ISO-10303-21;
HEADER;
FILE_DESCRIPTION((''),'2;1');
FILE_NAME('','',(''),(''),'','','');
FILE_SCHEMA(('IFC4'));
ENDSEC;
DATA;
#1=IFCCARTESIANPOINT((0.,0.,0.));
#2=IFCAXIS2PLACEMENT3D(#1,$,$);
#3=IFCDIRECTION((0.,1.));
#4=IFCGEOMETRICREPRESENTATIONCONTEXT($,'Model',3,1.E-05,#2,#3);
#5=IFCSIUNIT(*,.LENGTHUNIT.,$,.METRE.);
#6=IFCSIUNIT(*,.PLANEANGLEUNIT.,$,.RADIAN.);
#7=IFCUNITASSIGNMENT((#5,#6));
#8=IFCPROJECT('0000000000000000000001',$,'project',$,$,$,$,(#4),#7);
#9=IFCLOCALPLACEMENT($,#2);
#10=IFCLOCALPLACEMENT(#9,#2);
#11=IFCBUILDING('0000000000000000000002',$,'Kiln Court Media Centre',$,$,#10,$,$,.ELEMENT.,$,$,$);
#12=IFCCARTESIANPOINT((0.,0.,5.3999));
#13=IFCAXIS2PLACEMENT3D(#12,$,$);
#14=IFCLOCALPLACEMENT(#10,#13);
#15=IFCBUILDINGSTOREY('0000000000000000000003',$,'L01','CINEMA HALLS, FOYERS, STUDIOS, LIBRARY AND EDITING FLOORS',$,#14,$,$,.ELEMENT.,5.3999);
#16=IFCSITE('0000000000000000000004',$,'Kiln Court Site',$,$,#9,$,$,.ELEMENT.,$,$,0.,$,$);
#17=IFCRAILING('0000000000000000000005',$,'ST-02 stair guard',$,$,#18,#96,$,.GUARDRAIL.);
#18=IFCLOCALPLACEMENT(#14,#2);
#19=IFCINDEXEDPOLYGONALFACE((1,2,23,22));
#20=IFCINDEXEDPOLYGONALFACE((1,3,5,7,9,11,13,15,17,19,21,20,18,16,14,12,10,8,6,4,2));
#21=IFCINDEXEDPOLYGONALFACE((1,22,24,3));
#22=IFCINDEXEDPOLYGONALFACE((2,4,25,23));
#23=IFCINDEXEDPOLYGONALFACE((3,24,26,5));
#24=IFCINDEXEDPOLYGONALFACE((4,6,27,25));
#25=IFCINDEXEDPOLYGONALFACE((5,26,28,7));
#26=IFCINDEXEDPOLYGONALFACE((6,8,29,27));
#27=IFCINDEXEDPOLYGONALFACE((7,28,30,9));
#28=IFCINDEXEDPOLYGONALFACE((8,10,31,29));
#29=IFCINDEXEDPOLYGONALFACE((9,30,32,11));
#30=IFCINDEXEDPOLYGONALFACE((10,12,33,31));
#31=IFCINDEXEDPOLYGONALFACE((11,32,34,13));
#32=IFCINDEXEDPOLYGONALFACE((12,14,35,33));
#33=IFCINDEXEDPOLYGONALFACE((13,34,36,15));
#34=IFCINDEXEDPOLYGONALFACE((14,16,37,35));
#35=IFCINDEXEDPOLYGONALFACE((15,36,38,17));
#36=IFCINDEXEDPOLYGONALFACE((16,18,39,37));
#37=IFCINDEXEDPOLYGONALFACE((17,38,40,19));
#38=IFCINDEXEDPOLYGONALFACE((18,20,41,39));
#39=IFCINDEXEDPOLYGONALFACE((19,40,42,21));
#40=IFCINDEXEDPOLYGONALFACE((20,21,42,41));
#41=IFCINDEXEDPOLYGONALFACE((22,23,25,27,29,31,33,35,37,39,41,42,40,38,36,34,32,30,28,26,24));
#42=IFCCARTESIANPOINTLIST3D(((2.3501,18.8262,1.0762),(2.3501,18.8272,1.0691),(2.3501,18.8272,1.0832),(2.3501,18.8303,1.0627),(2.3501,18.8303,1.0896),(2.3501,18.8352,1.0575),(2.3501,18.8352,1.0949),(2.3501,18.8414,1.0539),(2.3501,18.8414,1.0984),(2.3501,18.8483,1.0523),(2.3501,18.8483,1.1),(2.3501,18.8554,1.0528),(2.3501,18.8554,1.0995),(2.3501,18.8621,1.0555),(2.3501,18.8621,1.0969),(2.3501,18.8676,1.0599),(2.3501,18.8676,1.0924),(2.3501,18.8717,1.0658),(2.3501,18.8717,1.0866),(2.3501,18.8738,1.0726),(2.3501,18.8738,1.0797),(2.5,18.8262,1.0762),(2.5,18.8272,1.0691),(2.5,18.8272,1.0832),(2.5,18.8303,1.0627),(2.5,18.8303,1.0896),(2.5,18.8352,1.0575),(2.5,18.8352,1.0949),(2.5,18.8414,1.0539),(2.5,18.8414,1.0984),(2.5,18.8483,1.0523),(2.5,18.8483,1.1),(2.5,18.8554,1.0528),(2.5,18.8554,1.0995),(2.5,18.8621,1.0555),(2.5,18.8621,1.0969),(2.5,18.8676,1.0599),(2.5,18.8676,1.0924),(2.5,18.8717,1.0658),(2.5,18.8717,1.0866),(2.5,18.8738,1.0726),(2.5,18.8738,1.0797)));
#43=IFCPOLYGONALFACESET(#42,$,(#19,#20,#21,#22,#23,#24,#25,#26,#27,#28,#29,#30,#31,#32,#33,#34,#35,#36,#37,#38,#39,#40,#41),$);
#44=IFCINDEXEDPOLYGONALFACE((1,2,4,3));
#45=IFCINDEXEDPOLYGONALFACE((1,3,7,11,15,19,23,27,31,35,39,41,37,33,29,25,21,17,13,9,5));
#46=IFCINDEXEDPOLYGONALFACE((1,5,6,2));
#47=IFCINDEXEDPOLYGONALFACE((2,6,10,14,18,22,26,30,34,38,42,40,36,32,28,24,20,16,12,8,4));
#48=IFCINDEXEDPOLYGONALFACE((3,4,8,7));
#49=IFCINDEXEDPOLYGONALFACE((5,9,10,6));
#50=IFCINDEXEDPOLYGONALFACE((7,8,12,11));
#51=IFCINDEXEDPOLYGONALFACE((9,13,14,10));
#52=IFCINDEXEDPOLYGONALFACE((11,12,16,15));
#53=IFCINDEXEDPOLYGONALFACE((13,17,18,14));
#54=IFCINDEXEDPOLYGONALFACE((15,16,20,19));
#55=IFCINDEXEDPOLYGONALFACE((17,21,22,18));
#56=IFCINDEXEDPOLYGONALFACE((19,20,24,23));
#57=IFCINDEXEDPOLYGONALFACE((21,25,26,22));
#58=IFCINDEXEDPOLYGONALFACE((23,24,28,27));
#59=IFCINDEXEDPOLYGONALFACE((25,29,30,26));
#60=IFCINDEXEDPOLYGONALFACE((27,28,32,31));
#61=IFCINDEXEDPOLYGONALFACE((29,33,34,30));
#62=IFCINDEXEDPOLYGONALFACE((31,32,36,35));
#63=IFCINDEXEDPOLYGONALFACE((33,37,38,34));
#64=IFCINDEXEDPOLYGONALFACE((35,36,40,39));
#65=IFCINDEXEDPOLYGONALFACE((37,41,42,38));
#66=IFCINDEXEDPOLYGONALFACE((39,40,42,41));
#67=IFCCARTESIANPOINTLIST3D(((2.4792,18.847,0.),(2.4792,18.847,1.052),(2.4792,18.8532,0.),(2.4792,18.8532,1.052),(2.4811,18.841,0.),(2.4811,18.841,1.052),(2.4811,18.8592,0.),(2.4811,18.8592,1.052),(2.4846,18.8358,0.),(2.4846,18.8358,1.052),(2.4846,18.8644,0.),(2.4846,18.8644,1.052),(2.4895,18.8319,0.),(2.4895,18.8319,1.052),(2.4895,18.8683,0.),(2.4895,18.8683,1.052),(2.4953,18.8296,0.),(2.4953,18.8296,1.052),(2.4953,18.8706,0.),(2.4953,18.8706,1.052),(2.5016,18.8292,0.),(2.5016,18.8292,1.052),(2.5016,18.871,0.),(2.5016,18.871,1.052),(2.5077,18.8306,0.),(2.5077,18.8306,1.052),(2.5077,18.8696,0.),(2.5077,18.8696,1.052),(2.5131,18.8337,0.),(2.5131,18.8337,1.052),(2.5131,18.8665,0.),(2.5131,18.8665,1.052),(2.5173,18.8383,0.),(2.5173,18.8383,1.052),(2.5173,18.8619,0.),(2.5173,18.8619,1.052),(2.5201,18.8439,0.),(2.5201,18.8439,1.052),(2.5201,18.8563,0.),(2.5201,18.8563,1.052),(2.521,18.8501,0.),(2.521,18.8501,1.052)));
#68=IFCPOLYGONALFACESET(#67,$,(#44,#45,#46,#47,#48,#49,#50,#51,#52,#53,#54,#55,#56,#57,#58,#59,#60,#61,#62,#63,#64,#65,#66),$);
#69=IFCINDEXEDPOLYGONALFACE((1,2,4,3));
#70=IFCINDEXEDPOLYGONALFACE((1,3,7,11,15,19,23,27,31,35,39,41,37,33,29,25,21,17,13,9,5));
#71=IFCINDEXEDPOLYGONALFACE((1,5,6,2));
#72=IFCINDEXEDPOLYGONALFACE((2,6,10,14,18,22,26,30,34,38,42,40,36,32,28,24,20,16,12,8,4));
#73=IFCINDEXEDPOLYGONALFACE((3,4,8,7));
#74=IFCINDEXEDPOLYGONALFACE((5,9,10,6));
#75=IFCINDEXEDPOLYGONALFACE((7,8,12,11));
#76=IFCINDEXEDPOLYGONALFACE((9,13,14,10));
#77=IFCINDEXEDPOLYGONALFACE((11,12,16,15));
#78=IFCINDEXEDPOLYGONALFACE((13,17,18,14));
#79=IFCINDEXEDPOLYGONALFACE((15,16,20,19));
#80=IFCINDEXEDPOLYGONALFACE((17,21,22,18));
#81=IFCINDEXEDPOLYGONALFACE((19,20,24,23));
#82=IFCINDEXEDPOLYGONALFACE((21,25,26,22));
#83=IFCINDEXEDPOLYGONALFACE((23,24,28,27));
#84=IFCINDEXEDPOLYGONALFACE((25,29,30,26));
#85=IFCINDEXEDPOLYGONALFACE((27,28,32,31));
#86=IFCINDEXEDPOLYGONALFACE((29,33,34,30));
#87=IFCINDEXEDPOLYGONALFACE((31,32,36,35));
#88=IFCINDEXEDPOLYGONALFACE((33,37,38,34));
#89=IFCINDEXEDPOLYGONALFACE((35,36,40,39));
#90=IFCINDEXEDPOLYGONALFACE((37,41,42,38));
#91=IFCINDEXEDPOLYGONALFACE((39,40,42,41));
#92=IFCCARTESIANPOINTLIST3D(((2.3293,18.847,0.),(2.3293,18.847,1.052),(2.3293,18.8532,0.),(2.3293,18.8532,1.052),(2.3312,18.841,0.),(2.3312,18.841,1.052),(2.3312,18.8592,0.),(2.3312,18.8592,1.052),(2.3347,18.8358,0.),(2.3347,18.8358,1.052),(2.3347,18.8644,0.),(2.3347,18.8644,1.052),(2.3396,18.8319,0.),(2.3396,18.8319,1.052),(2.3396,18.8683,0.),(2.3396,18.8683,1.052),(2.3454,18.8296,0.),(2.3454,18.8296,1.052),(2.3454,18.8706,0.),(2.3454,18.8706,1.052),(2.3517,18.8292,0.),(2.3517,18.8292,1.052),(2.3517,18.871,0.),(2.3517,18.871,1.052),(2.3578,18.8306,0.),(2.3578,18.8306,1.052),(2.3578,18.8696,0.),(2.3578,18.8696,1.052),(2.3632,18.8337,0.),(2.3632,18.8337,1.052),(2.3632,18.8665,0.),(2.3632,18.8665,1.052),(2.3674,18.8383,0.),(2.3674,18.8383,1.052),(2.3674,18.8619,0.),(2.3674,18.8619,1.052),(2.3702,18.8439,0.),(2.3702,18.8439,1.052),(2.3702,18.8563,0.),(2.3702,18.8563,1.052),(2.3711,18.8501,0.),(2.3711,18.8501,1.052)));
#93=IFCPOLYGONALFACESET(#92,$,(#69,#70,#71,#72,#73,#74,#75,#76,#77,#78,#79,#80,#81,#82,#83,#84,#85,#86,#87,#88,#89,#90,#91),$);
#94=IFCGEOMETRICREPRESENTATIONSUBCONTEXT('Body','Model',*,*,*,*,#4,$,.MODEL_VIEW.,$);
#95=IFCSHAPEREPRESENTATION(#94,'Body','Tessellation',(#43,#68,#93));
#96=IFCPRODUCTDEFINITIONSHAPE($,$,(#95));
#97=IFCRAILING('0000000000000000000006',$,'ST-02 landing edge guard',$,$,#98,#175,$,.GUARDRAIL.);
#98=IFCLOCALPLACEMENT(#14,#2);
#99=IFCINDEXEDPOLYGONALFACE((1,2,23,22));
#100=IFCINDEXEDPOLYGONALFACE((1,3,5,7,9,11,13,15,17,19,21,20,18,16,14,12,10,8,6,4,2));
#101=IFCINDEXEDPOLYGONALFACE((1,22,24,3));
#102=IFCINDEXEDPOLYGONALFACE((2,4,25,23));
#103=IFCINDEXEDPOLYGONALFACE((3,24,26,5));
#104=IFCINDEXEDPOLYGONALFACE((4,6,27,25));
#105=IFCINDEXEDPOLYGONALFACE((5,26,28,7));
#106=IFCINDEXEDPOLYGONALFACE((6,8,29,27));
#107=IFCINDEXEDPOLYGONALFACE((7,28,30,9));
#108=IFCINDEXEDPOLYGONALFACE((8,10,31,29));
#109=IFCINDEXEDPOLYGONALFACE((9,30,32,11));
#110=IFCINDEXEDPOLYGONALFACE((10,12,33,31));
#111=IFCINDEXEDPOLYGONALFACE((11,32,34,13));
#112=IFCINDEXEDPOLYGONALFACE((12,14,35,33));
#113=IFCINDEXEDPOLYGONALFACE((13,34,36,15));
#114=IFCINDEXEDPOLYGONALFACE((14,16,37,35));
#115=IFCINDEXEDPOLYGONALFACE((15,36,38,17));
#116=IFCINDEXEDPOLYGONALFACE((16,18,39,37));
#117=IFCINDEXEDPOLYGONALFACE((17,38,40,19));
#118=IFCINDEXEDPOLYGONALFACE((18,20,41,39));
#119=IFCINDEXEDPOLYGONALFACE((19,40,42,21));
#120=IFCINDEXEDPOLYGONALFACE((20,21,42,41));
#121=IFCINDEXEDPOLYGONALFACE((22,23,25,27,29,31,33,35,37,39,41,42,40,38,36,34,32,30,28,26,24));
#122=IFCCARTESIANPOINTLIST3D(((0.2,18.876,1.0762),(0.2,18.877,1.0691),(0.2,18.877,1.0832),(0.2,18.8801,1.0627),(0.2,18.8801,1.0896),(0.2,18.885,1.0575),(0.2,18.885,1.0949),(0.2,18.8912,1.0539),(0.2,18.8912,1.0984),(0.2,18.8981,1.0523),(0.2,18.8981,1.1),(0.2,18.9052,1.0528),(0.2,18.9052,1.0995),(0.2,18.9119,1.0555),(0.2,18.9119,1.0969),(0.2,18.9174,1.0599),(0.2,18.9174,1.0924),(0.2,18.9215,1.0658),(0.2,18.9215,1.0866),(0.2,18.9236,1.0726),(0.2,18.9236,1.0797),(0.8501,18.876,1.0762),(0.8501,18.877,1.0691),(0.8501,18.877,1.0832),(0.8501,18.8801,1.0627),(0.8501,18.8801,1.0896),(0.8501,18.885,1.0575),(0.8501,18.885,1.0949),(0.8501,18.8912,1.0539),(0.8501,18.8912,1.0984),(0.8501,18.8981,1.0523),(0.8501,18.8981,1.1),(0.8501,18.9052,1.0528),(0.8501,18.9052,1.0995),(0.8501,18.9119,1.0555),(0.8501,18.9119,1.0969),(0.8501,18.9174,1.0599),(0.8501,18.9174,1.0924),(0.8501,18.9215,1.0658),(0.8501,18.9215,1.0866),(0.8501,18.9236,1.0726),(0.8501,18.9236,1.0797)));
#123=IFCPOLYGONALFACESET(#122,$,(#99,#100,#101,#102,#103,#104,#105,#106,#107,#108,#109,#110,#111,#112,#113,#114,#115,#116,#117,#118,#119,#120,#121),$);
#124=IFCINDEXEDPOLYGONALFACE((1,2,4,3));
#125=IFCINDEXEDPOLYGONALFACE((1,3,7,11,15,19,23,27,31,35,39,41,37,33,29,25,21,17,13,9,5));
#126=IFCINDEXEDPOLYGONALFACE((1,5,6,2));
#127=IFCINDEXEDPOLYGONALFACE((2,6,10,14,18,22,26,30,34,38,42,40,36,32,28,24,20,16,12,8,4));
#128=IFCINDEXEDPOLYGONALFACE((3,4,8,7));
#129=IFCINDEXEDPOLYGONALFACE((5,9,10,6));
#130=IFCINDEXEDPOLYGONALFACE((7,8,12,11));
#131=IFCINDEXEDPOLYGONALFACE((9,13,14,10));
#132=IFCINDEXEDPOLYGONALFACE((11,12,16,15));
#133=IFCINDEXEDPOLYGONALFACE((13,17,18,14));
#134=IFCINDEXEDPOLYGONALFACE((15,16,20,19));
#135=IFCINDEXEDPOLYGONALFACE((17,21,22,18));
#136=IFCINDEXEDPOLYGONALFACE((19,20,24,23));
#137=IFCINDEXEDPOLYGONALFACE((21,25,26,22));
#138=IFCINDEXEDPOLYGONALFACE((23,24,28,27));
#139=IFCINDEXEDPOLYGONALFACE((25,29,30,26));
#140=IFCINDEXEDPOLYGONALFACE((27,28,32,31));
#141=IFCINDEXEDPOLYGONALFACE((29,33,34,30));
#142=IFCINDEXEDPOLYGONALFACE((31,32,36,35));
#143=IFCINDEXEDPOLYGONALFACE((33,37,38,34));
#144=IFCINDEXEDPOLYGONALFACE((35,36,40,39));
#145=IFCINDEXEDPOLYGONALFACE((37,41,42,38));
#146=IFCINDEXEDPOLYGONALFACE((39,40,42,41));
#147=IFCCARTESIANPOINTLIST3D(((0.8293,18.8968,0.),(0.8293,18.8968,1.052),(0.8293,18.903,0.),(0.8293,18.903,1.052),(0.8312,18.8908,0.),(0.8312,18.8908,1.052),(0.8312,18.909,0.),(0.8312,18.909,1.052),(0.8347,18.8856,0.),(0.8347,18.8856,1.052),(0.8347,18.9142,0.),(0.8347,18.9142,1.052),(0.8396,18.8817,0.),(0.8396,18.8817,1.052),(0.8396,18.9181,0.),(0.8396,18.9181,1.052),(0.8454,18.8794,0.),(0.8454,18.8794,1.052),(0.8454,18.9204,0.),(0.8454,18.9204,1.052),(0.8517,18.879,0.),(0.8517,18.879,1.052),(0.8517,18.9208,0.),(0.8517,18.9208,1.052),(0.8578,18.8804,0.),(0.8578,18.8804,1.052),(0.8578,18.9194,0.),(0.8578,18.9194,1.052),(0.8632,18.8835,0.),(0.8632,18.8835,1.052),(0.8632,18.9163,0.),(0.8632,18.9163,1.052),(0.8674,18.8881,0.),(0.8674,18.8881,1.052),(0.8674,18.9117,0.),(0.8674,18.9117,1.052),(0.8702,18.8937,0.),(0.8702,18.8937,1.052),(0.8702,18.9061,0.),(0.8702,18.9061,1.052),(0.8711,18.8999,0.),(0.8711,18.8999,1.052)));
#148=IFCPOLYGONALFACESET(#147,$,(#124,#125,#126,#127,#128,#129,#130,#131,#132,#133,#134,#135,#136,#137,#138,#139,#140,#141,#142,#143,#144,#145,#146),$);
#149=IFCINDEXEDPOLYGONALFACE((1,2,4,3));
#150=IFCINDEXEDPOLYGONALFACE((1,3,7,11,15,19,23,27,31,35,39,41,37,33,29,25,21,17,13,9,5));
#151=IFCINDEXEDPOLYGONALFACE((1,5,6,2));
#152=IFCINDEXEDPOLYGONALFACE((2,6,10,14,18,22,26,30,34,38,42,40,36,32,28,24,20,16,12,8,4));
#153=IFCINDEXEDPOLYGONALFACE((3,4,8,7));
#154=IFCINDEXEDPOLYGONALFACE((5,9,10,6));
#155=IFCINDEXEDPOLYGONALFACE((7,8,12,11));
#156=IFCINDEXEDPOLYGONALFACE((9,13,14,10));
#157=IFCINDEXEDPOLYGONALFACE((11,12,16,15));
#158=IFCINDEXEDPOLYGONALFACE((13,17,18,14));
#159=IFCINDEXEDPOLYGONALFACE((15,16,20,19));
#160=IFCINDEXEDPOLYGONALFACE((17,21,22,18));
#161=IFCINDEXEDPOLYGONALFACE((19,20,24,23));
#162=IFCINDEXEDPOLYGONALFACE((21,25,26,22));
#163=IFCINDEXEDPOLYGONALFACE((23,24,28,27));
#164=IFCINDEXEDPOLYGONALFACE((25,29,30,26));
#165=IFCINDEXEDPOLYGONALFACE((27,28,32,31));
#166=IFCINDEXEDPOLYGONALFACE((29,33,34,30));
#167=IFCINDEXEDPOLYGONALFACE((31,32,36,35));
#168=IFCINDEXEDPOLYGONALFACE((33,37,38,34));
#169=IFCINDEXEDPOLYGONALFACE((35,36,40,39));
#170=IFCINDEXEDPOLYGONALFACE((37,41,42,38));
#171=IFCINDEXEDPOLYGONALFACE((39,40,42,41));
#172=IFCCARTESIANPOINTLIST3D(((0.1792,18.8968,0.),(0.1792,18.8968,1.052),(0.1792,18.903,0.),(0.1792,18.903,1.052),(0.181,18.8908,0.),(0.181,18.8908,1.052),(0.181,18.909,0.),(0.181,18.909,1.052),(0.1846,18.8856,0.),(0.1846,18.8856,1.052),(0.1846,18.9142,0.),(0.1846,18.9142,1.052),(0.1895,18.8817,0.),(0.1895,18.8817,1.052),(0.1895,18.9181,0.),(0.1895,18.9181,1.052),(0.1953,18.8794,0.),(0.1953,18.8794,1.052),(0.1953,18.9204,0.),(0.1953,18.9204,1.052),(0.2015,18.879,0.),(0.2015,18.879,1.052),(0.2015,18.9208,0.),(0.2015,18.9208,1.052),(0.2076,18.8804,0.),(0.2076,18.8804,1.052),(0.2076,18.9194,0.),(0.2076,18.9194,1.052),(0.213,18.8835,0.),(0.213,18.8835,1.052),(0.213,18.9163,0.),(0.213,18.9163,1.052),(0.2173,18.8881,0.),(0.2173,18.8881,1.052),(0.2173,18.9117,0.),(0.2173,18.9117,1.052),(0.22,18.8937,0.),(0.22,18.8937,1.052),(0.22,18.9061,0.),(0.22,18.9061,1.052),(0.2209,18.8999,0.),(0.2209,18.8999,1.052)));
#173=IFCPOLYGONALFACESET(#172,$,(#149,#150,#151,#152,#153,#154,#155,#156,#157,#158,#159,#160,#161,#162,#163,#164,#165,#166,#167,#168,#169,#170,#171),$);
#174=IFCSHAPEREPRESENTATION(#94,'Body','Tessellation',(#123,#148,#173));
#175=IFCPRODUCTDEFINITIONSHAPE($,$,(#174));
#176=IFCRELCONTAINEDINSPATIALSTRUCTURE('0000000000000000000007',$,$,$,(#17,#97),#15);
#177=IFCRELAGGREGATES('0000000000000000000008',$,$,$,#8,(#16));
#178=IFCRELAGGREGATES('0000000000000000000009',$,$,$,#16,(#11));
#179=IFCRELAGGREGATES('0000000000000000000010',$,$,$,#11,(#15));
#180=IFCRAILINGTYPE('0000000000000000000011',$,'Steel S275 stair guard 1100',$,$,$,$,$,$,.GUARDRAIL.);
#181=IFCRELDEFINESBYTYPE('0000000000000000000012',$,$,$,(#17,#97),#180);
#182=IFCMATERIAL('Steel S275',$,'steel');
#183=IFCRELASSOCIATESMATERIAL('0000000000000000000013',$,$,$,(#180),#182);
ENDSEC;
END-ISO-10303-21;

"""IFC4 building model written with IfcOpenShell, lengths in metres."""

from ifc_helpers import new_model, si_unit, direction, frame, origin, origin_2d, place, context, subcontext, project, spatial, circle, extrude, material, type_object, element, save


model = new_model("IFC4")

# Units and contexts
model_context = context("Model", 3, precision=1e-05, world=origin(), true_north=direction((0.0, 1.0)))
body_context = subcontext(model_context, "Body", "Model", "MODEL_VIEW")
ifc_project = project(units=[si_unit("LENGTHUNIT", "METRE"), si_unit("PLANEANGLEUNIT", "RADIAN")], contexts=[model_context])

# Site, building, storey
site_placement = place(None, origin())
site = spatial("IfcSite", under=ifc_project, at=site_placement, Name="Kiln Court Site", CompositionType="ELEMENT", RefElevation=0.0)
building_placement = place(site_placement, origin())
building = spatial("IfcBuilding", under=site, at=building_placement, Name="Kiln Court Media Centre", CompositionType="ELEMENT")
storey_placement = place(building_placement, frame((0.0, 0.0, 5.3999)))
storey = spatial("IfcBuildingStorey", under=building, at=storey_placement, Name="L01", Description="CINEMA HALLS, FOYERS, STUDIOS, LIBRARY AND EDITING FLOORS", CompositionType="ELEMENT", Elevation=5.3999)

# Railings
ifc_material_1 = material(Name="Steel S275", Category="steel")
railing_type_1 = type_object("IfcRailingType", Name="Steel S275 stair guard 1100", PredefinedType="GUARDRAIL", material=ifc_material_1)
railing_1_placement = place(storey_placement, frame((2.5, 18.8501, 0.0)))
element("IfcRailing", 1, at=railing_1_placement, inside=storey, type_object=railing_type_1, Name="ST-02 stair guard", PredefinedType="GUARDRAIL", context=body_context, shape_type="SweptSolid", body=[
    extrude(circle(Radius=0.0239, at=origin_2d()), frame((0.0, 0.0, 1.0762), z_axis=(-1.0, 0.0, 0.0), x_axis=(0.0, -1.0, 0.0)), (0.0, 0.0, 1.0), 0.1499),
    extrude(circle(Radius=0.021, at=origin_2d()), origin(), (0.0, 0.0, 1.0), 1.052),
    extrude(circle(Radius=0.021, at=origin_2d()), frame((-0.1499, 0.0, 0.0)), (0.0, 0.0, 1.0), 1.052),
])
railing_2_placement = place(storey_placement, frame((0.8501, 18.8999, 0.0)))
element("IfcRailing", 2, at=railing_2_placement, inside=storey, type_object=railing_type_1, Name="ST-02 landing edge guard", PredefinedType="GUARDRAIL", context=body_context, shape_type="SweptSolid", body=[
    extrude(circle(Radius=0.0239, at=origin_2d()), frame((0.0, 0.0, 1.0762), z_axis=(-1.0, 0.0, 0.0), x_axis=(0.0, -1.0, 0.0)), (0.0, 0.0, 1.0), 0.6501),
    extrude(circle(Radius=0.021, at=origin_2d()), origin(), (0.0, 0.0, 1.0), 1.052),
    extrude(circle(Radius=0.021, at=origin_2d()), frame((-0.6501, 0.0, 0.0)), (0.0, 0.0, 1.0), 1.052),
])

save(model, "model.ifc")
